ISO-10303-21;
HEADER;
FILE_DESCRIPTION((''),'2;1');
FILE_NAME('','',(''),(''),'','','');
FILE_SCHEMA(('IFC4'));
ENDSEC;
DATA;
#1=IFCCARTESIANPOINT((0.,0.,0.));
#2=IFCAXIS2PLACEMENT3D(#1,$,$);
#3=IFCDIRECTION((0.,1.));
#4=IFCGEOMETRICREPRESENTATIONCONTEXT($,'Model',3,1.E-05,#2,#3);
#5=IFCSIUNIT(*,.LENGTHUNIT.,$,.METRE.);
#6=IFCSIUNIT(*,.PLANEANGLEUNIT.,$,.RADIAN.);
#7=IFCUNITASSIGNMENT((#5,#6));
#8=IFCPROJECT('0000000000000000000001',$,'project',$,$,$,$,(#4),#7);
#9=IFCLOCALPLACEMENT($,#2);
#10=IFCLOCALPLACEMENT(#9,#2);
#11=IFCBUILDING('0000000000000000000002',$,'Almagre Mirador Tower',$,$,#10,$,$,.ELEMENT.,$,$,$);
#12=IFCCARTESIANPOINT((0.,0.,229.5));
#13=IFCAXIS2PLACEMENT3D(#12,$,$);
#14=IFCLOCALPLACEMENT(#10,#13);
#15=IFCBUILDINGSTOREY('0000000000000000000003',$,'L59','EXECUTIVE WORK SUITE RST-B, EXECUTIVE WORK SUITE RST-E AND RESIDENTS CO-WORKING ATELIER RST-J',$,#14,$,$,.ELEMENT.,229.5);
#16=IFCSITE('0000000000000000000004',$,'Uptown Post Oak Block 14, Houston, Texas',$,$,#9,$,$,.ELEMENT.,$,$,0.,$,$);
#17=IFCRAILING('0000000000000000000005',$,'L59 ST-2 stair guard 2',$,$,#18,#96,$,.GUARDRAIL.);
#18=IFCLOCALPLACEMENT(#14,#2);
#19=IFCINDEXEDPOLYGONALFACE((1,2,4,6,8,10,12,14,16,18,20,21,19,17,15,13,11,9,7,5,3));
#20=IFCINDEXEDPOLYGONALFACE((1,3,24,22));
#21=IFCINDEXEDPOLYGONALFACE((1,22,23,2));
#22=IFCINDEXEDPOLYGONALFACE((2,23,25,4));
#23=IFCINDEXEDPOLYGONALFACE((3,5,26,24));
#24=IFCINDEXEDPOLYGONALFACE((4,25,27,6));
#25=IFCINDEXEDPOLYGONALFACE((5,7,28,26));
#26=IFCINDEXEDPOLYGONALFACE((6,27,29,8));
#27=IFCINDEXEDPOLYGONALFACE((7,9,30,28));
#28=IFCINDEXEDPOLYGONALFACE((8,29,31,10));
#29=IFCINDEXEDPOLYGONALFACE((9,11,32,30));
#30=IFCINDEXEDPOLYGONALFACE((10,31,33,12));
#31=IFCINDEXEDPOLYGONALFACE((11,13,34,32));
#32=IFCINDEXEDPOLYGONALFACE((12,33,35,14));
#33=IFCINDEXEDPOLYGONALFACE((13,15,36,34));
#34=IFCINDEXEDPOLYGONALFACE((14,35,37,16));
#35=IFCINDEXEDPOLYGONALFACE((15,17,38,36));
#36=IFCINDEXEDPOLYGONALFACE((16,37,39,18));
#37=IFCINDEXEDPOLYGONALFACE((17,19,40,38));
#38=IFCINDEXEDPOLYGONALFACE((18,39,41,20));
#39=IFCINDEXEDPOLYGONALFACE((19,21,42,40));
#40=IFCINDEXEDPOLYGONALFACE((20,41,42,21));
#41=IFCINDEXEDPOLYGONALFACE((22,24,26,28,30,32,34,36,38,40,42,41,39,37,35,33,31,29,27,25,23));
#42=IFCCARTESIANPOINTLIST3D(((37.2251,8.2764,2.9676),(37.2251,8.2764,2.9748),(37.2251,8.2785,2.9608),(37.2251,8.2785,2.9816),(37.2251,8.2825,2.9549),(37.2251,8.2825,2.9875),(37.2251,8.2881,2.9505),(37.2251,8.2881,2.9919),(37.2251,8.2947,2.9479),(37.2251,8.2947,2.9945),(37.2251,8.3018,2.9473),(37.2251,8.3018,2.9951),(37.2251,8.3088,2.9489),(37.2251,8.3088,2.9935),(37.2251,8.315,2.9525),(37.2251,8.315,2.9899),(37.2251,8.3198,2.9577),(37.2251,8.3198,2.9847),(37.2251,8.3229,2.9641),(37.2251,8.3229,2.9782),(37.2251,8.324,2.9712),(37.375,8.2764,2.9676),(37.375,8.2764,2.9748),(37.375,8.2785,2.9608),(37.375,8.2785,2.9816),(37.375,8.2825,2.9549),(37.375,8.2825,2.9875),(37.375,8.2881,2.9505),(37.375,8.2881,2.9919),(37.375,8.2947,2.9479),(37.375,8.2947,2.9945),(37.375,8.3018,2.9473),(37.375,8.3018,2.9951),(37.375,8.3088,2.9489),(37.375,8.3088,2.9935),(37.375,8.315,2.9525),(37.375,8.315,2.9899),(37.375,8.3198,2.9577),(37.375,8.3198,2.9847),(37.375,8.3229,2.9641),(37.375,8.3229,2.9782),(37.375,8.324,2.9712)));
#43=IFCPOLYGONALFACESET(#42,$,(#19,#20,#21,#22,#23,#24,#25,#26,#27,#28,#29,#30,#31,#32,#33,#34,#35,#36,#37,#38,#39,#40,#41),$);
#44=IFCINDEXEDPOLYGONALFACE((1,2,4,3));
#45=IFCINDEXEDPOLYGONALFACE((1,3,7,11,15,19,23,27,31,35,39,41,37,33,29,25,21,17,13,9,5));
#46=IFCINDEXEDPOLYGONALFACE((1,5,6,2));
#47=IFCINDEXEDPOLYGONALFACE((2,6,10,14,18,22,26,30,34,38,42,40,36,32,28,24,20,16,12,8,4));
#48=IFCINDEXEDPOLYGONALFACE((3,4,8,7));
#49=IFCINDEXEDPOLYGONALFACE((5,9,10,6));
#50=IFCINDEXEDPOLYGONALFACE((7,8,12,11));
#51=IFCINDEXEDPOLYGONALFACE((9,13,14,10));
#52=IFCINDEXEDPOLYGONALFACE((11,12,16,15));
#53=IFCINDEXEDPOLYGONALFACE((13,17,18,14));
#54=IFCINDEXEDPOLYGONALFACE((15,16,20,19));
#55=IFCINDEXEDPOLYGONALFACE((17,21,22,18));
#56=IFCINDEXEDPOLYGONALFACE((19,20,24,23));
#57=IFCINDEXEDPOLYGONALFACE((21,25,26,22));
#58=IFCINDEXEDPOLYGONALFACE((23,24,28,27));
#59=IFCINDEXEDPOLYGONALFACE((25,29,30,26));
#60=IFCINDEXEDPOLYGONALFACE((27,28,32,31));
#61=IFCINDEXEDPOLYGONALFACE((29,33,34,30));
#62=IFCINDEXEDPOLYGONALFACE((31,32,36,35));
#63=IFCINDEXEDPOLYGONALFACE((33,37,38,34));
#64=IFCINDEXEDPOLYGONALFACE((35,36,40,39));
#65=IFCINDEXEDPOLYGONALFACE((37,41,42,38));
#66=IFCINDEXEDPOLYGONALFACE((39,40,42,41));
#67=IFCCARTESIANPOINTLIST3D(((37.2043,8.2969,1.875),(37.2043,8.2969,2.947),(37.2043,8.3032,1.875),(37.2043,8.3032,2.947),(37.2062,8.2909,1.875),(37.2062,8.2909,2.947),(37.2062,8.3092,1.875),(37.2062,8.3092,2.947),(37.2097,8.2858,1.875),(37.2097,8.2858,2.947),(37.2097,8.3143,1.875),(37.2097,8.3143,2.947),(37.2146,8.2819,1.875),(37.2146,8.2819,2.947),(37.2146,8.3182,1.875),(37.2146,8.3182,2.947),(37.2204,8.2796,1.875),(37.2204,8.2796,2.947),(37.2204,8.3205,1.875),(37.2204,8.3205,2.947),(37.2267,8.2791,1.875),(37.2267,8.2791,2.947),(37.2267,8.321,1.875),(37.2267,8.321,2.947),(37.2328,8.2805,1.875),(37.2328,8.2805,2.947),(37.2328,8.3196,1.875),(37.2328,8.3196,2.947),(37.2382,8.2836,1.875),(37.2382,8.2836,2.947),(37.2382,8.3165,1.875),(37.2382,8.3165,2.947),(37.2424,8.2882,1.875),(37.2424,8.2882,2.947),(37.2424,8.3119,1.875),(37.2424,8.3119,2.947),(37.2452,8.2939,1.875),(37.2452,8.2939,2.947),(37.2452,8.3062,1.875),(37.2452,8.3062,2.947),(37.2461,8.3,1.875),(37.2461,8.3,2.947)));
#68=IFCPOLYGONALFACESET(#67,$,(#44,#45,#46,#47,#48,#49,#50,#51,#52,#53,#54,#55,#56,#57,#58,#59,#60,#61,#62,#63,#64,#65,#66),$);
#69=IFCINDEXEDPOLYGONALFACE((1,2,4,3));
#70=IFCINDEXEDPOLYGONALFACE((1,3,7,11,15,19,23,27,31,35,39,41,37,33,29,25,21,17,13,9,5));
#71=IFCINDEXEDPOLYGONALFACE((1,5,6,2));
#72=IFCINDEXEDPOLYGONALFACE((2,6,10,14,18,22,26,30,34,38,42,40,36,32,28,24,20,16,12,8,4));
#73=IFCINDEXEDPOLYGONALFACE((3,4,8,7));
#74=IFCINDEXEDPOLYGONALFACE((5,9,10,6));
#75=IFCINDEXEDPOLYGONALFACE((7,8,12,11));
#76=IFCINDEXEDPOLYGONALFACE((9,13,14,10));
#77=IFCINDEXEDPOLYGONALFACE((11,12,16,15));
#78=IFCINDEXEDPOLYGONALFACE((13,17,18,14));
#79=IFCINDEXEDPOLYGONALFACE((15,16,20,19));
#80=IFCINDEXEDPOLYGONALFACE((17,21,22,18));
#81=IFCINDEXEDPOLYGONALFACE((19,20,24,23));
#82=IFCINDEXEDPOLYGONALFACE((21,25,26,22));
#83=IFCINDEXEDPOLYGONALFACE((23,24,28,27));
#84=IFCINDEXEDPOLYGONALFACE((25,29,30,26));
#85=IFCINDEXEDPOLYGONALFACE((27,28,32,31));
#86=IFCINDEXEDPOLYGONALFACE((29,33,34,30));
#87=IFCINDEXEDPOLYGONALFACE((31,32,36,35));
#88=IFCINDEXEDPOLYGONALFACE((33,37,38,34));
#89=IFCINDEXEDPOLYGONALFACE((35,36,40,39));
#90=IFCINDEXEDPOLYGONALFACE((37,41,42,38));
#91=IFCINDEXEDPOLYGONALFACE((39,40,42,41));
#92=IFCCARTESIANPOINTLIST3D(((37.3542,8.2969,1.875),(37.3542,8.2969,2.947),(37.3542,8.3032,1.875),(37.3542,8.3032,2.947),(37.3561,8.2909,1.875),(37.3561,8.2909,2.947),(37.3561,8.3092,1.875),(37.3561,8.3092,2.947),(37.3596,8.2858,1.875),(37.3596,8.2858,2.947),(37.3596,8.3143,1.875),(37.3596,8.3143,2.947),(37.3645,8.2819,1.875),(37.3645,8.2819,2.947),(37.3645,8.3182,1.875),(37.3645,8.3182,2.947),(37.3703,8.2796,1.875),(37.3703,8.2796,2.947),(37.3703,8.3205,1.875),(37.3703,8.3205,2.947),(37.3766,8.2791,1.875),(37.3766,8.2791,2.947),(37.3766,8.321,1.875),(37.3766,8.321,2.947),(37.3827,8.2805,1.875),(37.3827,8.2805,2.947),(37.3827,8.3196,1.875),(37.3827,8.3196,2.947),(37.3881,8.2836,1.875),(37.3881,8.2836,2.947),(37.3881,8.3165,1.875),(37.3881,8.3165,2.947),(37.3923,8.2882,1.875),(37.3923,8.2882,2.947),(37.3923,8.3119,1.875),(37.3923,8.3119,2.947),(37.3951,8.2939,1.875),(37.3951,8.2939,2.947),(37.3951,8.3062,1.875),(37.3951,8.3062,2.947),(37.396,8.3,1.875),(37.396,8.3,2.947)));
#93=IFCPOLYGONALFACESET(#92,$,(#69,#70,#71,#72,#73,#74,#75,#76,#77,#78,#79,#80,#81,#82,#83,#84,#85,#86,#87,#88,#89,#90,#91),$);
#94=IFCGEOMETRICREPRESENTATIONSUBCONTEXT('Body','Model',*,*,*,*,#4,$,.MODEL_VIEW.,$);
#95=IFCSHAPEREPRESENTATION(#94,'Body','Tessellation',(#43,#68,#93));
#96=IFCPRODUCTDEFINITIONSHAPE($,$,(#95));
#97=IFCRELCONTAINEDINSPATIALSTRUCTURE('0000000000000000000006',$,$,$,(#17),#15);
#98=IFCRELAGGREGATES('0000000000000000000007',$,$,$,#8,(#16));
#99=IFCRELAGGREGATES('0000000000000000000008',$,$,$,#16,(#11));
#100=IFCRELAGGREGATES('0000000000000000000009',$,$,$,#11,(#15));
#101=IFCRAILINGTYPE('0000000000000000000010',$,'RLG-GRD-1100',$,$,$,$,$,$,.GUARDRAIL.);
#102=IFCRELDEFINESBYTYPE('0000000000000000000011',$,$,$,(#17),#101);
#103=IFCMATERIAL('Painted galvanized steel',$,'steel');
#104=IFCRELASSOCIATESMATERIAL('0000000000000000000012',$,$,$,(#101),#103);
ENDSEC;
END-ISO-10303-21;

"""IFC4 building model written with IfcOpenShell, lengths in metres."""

from ifc_helpers import new_model, si_unit, direction, frame, origin, origin_2d, place, context, subcontext, project, spatial, circle, extrude, material, type_object, element, save


model = new_model("IFC4")

# Units and contexts
model_context = context("Model", 3, precision=1e-05, world=origin(), true_north=direction((0.0, 1.0)))
body_context = subcontext(model_context, "Body", "Model", "MODEL_VIEW")
ifc_project = project(units=[si_unit("LENGTHUNIT", "METRE"), si_unit("PLANEANGLEUNIT", "RADIAN")], contexts=[model_context])

# Site, building, storey
site_placement = place(None, origin())
site = spatial("IfcSite", under=ifc_project, at=site_placement, Name="Uptown Post Oak Block 14, Houston, Texas", CompositionType="ELEMENT", RefElevation=0.0)
building_placement = place(site_placement, origin())
building = spatial("IfcBuilding", under=site, at=building_placement, Name="Almagre Mirador Tower", CompositionType="ELEMENT")
storey_placement = place(building_placement, frame((0.0, 0.0, 229.5)))
storey = spatial("IfcBuildingStorey", under=building, at=storey_placement, Name="L59", Description="EXECUTIVE WORK SUITE RST-B, EXECUTIVE WORK SUITE RST-E AND RESIDENTS CO-WORKING ATELIER RST-J", CompositionType="ELEMENT", Elevation=229.5)

# Railing
ifc_material_1 = material(Name="Painted galvanized steel", Category="steel")
railing_type_1 = type_object("IfcRailingType", Name="RLG-GRD-1100", PredefinedType="GUARDRAIL", material=ifc_material_1)
railing_1_placement = place(storey_placement, frame((37.2251, 8.3, 1.875)))
element("IfcRailing", 1, at=railing_1_placement, inside=storey, type_object=railing_type_1, Name="L59 ST-2 stair guard 2", PredefinedType="GUARDRAIL", context=body_context, shape_type="SweptSolid", body=[
    extrude(circle(Radius=0.0239, at=origin_2d()), frame((0.0, 0.0, 1.0962), z_axis=(1.0, 0.0, 0.0), x_axis=(0.0, 1.0, 0.0)), (0.0, 0.0, 1.0), 0.1499),
    extrude(circle(Radius=0.021, at=origin_2d()), origin(), (0.0, 0.0, 1.0), 1.072),
    extrude(circle(Radius=0.021, at=origin_2d()), frame((0.1499, 0.0, 0.0)), (0.0, 0.0, 1.0), 1.072),
])

save(model, "model.ifc")
